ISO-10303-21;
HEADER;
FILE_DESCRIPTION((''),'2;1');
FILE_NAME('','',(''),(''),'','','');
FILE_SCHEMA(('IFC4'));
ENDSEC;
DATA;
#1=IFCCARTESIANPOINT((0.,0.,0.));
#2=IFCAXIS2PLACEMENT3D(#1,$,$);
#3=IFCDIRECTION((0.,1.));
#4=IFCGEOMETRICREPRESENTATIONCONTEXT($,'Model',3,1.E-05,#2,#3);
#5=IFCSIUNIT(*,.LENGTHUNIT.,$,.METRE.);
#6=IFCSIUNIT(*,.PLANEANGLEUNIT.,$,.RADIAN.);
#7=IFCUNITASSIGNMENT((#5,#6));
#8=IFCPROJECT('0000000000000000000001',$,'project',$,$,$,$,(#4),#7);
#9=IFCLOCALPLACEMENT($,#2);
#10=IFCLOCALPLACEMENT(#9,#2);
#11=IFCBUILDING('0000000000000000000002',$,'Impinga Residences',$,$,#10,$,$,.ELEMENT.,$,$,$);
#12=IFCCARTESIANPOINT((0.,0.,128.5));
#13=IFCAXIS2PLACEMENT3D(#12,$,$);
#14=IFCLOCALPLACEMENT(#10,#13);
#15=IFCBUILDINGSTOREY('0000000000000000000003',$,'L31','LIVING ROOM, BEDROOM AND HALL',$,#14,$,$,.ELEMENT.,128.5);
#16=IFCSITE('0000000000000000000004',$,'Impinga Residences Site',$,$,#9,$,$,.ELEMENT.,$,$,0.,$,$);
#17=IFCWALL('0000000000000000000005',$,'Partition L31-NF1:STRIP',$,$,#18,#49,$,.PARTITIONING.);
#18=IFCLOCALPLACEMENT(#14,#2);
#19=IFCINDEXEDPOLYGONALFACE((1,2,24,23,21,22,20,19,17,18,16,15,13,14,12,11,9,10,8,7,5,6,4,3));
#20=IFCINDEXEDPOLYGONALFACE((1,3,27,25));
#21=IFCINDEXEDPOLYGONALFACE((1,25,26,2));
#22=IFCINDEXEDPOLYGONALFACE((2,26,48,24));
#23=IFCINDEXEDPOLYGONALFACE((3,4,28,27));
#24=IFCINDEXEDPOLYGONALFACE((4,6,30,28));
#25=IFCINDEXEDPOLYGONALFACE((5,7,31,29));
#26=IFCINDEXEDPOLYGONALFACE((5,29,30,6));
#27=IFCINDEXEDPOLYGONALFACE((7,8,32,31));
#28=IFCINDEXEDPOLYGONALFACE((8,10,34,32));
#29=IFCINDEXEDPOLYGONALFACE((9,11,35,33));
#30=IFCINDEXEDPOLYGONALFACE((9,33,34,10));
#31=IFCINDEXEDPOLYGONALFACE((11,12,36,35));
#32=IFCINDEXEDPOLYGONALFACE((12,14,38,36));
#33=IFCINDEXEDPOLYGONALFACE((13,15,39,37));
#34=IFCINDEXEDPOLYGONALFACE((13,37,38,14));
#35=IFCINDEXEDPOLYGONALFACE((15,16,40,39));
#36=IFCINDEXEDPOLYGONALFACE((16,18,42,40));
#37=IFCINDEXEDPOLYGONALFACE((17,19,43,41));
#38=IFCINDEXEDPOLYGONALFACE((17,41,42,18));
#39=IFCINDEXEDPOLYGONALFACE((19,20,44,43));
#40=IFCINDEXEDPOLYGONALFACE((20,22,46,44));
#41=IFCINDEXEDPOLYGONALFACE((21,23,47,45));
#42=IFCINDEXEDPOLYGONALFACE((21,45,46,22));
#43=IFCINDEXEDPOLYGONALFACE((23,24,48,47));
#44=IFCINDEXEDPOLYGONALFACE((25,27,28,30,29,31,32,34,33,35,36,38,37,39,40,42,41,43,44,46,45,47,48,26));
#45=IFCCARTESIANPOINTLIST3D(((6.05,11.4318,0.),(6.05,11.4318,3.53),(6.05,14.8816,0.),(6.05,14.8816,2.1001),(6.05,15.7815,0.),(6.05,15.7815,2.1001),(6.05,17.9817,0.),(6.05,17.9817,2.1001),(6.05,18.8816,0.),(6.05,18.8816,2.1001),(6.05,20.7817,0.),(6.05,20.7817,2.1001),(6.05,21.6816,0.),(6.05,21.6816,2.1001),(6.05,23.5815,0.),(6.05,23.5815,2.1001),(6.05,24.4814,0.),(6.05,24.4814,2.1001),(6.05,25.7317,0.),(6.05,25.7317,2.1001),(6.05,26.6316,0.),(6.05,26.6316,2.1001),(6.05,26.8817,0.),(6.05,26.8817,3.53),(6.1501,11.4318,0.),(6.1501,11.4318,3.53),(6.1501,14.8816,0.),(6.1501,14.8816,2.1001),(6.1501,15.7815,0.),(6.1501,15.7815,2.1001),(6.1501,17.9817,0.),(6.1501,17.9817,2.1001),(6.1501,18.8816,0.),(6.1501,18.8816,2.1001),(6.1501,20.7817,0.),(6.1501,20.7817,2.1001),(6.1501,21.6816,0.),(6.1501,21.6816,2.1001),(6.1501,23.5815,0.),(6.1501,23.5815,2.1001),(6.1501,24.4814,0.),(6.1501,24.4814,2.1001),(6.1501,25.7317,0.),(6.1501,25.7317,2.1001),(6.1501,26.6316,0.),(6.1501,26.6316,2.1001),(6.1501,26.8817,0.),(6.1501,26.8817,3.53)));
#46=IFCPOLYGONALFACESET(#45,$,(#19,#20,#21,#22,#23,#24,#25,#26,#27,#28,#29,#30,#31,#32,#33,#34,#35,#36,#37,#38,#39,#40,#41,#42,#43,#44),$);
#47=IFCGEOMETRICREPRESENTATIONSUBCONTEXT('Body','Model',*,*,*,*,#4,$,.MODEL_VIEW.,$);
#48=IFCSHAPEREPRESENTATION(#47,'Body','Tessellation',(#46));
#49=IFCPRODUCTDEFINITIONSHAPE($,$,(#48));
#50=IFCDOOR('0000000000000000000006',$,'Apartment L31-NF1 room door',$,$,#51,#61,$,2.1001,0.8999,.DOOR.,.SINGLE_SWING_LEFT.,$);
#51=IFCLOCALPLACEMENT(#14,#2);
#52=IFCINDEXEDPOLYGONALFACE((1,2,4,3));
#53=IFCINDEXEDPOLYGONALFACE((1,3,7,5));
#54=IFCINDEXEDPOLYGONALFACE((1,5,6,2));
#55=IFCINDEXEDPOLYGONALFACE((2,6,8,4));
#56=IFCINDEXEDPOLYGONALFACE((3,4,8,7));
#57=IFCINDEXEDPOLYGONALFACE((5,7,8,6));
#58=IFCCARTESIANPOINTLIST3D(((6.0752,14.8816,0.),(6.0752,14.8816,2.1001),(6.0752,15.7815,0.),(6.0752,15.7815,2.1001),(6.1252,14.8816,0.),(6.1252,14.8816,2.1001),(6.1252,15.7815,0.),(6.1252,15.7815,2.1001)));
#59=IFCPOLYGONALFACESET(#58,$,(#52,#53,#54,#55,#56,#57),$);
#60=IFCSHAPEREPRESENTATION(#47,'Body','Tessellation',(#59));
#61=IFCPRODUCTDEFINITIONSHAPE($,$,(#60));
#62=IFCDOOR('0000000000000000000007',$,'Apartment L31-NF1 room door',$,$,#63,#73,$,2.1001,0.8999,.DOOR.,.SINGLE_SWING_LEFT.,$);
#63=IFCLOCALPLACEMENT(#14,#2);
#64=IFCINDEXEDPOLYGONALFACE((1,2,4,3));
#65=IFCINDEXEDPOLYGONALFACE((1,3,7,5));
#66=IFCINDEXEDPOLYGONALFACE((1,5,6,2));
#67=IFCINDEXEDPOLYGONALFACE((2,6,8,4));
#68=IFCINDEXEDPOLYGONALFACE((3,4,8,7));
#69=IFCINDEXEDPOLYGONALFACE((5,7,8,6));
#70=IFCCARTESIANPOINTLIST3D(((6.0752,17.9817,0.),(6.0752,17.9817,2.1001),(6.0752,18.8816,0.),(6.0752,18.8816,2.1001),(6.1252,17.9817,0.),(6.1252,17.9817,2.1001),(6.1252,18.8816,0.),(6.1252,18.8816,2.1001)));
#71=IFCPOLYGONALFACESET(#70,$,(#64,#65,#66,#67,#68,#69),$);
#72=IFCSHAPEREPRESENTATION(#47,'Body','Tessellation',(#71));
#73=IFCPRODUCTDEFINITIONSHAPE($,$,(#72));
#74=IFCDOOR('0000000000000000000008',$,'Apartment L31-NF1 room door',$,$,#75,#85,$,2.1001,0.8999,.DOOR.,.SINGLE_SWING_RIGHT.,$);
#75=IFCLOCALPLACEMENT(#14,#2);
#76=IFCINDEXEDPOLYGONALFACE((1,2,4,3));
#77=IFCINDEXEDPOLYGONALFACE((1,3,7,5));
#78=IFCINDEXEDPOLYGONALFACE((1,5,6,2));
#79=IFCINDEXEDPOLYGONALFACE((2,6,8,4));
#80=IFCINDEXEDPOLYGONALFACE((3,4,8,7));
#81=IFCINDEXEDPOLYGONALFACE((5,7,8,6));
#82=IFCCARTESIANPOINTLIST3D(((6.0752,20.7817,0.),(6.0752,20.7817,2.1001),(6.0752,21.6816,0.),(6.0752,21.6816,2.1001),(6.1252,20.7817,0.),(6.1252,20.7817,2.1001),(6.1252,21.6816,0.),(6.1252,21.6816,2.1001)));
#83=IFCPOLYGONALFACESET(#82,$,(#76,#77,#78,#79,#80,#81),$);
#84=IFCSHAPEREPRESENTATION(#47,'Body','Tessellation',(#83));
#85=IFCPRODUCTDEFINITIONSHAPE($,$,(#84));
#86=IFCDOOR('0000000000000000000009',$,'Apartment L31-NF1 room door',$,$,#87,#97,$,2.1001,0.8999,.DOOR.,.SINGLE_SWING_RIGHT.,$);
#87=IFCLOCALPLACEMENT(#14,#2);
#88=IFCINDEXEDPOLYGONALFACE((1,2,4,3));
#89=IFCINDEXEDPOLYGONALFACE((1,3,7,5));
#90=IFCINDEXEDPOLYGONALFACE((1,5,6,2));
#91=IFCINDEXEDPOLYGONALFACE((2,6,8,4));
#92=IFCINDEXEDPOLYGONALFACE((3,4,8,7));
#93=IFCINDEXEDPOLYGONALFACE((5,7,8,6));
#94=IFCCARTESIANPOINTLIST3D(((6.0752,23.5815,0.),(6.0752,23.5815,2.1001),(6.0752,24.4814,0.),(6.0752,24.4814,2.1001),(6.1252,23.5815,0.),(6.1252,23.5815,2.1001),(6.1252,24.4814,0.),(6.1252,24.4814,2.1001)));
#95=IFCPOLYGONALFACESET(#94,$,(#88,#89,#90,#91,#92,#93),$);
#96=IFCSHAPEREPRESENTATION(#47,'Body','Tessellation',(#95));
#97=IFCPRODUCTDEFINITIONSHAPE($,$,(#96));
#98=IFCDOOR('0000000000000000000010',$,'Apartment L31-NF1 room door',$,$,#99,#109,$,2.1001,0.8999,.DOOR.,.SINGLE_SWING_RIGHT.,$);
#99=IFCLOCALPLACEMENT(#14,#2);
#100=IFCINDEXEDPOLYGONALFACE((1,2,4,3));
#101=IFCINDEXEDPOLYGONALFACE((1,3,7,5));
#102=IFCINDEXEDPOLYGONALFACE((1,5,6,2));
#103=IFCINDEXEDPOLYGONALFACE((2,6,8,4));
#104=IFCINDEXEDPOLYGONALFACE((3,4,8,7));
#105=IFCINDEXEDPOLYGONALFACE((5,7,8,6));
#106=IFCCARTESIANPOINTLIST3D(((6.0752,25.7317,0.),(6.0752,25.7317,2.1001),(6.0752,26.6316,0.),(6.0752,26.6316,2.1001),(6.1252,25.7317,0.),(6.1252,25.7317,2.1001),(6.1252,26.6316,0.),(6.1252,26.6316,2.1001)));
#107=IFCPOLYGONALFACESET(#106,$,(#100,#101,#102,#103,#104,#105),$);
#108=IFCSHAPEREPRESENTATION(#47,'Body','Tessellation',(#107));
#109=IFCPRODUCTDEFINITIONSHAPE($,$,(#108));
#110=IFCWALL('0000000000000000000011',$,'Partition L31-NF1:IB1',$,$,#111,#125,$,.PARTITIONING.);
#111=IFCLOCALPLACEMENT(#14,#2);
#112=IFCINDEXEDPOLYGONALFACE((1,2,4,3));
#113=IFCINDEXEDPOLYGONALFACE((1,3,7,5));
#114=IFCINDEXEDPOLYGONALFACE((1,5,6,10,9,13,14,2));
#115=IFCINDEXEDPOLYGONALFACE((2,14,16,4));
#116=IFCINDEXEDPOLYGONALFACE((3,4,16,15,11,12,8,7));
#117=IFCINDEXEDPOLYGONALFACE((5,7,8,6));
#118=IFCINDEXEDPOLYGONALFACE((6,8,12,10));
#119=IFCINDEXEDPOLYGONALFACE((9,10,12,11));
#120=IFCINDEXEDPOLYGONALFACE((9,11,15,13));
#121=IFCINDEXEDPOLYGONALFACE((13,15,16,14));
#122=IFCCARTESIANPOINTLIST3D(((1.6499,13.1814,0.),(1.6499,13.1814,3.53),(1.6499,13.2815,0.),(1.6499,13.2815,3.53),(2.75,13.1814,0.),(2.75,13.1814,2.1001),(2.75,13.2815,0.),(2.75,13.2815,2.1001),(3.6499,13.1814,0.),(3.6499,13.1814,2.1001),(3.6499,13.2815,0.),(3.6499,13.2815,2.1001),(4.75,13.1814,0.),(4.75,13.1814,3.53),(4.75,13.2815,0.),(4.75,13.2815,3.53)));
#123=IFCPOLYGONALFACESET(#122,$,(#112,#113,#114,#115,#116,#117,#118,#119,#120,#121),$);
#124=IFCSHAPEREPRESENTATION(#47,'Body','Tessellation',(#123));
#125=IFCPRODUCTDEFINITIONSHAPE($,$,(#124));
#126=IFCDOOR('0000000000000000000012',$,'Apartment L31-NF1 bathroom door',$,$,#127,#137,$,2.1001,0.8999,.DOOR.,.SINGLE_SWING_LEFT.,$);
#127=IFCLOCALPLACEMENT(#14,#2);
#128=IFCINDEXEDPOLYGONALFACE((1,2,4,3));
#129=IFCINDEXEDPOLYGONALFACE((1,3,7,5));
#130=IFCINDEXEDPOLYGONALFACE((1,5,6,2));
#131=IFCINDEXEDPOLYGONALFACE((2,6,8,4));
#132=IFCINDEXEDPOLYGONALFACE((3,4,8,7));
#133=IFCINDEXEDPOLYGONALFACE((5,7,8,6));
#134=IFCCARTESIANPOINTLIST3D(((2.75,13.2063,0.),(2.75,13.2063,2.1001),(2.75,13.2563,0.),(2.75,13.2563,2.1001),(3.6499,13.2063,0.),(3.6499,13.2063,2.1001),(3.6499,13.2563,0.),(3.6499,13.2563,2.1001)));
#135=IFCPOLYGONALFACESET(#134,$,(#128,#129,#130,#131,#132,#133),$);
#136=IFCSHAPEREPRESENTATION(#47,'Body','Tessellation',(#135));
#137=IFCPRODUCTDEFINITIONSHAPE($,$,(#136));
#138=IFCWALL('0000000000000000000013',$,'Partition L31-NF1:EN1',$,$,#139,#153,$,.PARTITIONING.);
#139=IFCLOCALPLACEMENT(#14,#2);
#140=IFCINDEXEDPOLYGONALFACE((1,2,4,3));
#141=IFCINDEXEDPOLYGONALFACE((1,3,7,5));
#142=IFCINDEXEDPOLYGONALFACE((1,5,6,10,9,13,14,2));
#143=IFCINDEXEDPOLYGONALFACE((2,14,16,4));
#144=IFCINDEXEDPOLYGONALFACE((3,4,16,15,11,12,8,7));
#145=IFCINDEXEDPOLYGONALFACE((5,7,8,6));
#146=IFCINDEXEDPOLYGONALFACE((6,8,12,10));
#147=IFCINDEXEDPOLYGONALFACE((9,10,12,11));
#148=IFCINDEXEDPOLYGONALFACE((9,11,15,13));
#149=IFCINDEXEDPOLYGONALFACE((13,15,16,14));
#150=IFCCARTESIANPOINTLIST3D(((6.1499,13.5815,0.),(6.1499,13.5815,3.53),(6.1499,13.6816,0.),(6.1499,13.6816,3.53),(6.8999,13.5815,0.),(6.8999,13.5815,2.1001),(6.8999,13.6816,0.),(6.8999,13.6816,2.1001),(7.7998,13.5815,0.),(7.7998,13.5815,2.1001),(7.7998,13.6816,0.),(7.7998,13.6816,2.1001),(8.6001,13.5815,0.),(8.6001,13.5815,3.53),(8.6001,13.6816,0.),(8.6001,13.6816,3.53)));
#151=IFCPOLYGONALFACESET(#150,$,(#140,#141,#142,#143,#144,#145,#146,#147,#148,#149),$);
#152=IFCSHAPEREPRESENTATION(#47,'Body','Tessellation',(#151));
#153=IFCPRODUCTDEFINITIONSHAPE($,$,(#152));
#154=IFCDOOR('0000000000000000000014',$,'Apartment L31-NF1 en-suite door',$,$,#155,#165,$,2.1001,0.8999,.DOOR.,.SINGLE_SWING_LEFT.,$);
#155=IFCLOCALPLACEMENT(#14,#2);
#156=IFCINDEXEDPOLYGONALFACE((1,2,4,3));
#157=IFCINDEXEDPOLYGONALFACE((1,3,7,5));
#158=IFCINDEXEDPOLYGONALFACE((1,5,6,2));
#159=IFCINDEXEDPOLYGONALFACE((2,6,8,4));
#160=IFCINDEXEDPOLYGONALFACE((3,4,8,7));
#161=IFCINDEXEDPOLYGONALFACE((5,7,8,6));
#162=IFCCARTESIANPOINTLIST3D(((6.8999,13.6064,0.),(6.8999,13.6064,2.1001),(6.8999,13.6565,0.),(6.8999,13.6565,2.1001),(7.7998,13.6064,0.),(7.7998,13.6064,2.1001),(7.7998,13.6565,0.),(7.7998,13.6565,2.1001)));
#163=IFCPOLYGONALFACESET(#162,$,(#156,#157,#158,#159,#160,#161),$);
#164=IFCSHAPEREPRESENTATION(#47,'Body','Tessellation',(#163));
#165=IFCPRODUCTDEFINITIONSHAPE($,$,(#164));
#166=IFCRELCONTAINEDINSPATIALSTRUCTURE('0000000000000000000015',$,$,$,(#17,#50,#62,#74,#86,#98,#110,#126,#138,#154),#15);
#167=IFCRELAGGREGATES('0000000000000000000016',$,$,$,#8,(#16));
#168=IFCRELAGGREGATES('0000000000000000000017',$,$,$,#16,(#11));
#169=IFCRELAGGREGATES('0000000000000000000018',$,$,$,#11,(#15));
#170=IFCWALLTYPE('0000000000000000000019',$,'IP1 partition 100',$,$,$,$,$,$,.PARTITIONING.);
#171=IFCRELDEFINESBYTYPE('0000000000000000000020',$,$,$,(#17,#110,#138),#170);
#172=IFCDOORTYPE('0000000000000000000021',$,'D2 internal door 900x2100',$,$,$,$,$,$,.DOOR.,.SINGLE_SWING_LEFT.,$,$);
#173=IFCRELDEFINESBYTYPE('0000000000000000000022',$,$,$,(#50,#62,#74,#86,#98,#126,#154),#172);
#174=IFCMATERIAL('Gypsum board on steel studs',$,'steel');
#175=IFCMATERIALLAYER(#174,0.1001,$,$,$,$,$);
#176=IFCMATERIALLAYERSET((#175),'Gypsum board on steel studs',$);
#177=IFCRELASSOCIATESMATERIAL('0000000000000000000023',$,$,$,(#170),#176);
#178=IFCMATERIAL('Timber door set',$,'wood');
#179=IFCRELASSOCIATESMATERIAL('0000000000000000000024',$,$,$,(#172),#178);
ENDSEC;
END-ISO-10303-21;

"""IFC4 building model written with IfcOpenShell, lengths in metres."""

from ifc_helpers import new_model, si_unit, direction, frame, frame_2d, origin, place, context, subcontext, project, spatial, rectangle, extrude, material, layer, layer_set, type_object, element, fill, save


model = new_model("IFC4")

# Units and contexts
model_context = context("Model", 3, precision=1e-05, world=origin(), true_north=direction((0.0, 1.0)))
body_context = subcontext(model_context, "Body", "Model", "MODEL_VIEW")
ifc_project = project(units=[si_unit("LENGTHUNIT", "METRE"), si_unit("PLANEANGLEUNIT", "RADIAN")], contexts=[model_context])

# Site, building, storey
site_placement = place(None, origin())
site = spatial("IfcSite", under=ifc_project, at=site_placement, Name="Impinga Residences Site", CompositionType="ELEMENT", RefElevation=0.0)
building_placement = place(site_placement, origin())
building = spatial("IfcBuilding", under=site, at=building_placement, Name="Impinga Residences", CompositionType="ELEMENT")
storey_placement = place(building_placement, frame((0.0, 0.0, 128.5)))
storey = spatial("IfcBuildingStorey", under=building, at=storey_placement, Name="L31", Description="LIVING ROOM, BEDROOM AND HALL", CompositionType="ELEMENT", Elevation=128.5)

# Shared definitions
ifc_material_1 = material(Name="Timber door set", Category="wood")

# Shared definitions
ifc_material_2 = material(Name="Gypsum board on steel studs", Category="steel")
ifc_layer_1 = layer(ifc_material_2, 0.1001)
ifc_layer_set_1 = layer_set([ifc_layer_1], Name="Gypsum board on steel studs")
wall_type_1 = type_object("IfcWallType", Name="IP1 partition 100", PredefinedType="PARTITIONING", material=ifc_layer_set_1)

# Wall, openings, doors
wall_1_placement = place(storey_placement, frame((6.1001, 11.4316, 0.0), z_axis=(0.0, 0.0, 1.0), x_axis=(0.0, 1.0, 0.0)))
wall_1 = element("IfcWall", 1, at=wall_1_placement, inside=storey, type_object=wall_type_1, Name="Partition L31-NF1:STRIP", PredefinedType="PARTITIONING", context=body_context, shape_type="SweptSolid", body=[
    extrude(rectangle(XDim=15.45, YDim=0.1001, at=frame_2d((7.7251, 0.0))), origin(), (0.0, 0.0, 1.0), 3.53),
])
opening_1_placement = place(wall_1_placement, frame((3.45, 0.0, 0.0)))
opening_1 = element("IfcOpeningElement", 2, at=opening_1_placement, cuts=wall_1, PredefinedType="OPENING", context=body_context, shape_type="SweptSolid", body=[
    extrude(rectangle(XDim=0.8999, YDim=2.1001, at=frame_2d((0.45, 1.05))), frame((0.0, 0.0601, 0.0), z_axis=(0.0, -1.0, 0.0), x_axis=(1.0, 0.0, 0.0)), (0.0, 0.0, 1.0), 0.1201),
])
opening_2_placement = place(wall_1_placement, frame((6.55, 0.0, 0.0)))
opening_2 = element("IfcOpeningElement", 3, at=opening_2_placement, cuts=wall_1, PredefinedType="OPENING", context=body_context, shape_type="SweptSolid", body=[
    extrude(rectangle(XDim=0.8999, YDim=2.1001, at=frame_2d((0.45, 1.05))), frame((0.0, 0.0601, 0.0), z_axis=(0.0, -1.0, 0.0), x_axis=(1.0, 0.0, 0.0)), (0.0, 0.0, 1.0), 0.1201),
])
opening_3_placement = place(wall_1_placement, frame((9.3501, 0.0, 0.0)))
opening_3 = element("IfcOpeningElement", 4, at=opening_3_placement, cuts=wall_1, PredefinedType="OPENING", context=body_context, shape_type="SweptSolid", body=[
    extrude(rectangle(XDim=0.8999, YDim=2.1001, at=frame_2d((0.45, 1.05))), frame((0.0, 0.0601, 0.0), z_axis=(0.0, -1.0, 0.0), x_axis=(1.0, 0.0, 0.0)), (0.0, 0.0, 1.0), 0.1201),
])
opening_4_placement = place(wall_1_placement, frame((12.1499, 0.0, 0.0)))
opening_4 = element("IfcOpeningElement", 5, at=opening_4_placement, cuts=wall_1, PredefinedType="OPENING", context=body_context, shape_type="SweptSolid", body=[
    extrude(rectangle(XDim=0.8999, YDim=2.1001, at=frame_2d((0.45, 1.05))), frame((0.0, 0.0601, 0.0), z_axis=(0.0, -1.0, 0.0), x_axis=(1.0, 0.0, 0.0)), (0.0, 0.0, 1.0), 0.1201),
])
opening_5_placement = place(wall_1_placement, frame((14.3, 0.0, 0.0)))
opening_5 = element("IfcOpeningElement", 6, at=opening_5_placement, cuts=wall_1, PredefinedType="OPENING", context=body_context, shape_type="SweptSolid", body=[
    extrude(rectangle(XDim=0.8999, YDim=2.1001, at=frame_2d((0.45, 1.05))), frame((0.0, 0.0601, 0.0), z_axis=(0.0, -1.0, 0.0), x_axis=(1.0, 0.0, 0.0)), (0.0, 0.0, 1.0), 0.1201),
])
door_type_1 = type_object("IfcDoorType", Name="D2 internal door 900x2100", OperationType="SINGLE_SWING_LEFT", PredefinedType="DOOR", material=ifc_material_1)
door_1_placement = place(opening_1_placement, origin())
door_1 = element("IfcDoor", 7, at=door_1_placement, inside=storey, type_object=door_type_1, Name="Apartment L31-NF1 room door", OperationType="SINGLE_SWING_LEFT", OverallHeight=2.1001, OverallWidth=0.8999, PredefinedType="DOOR", context=body_context, shape_type="SweptSolid", body=[
    extrude(rectangle(XDim=0.8999, YDim=2.1001, at=frame_2d((0.45, 1.05))), frame((0.0, 0.0249, 0.0), z_axis=(0.0, -1.0, 0.0), x_axis=(1.0, 0.0, 0.0)), (0.0, 0.0, 1.0), 0.05),
])
fill(opening_1, door_1)
door_2_placement = place(opening_2_placement, origin())
door_2 = element("IfcDoor", 8, at=door_2_placement, inside=storey, type_object=door_type_1, Name="Apartment L31-NF1 room door", OperationType="SINGLE_SWING_LEFT", OverallHeight=2.1001, OverallWidth=0.8999, PredefinedType="DOOR", context=body_context, shape_type="SweptSolid", body=[
    extrude(rectangle(XDim=0.8999, YDim=2.1001, at=frame_2d((0.45, 1.05))), frame((0.0, 0.0249, 0.0), z_axis=(0.0, -1.0, 0.0), x_axis=(1.0, 0.0, 0.0)), (0.0, 0.0, 1.0), 0.05),
])
fill(opening_2, door_2)
door_3_placement = place(opening_3_placement, origin())
door_3 = element("IfcDoor", 9, at=door_3_placement, inside=storey, type_object=door_type_1, Name="Apartment L31-NF1 room door", OperationType="SINGLE_SWING_RIGHT", OverallHeight=2.1001, OverallWidth=0.8999, PredefinedType="DOOR", context=body_context, shape_type="SweptSolid", body=[
    extrude(rectangle(XDim=0.8999, YDim=2.1001, at=frame_2d((0.45, 1.05))), frame((0.0, 0.0249, 0.0), z_axis=(0.0, -1.0, 0.0), x_axis=(1.0, 0.0, 0.0)), (0.0, 0.0, 1.0), 0.05),
])
fill(opening_3, door_3)
door_4_placement = place(opening_4_placement, origin())
door_4 = element("IfcDoor", 10, at=door_4_placement, inside=storey, type_object=door_type_1, Name="Apartment L31-NF1 room door", OperationType="SINGLE_SWING_RIGHT", OverallHeight=2.1001, OverallWidth=0.8999, PredefinedType="DOOR", context=body_context, shape_type="SweptSolid", body=[
    extrude(rectangle(XDim=0.8999, YDim=2.1001, at=frame_2d((0.45, 1.05))), frame((0.0, 0.0249, 0.0), z_axis=(0.0, -1.0, 0.0), x_axis=(1.0, 0.0, 0.0)), (0.0, 0.0, 1.0), 0.05),
])
fill(opening_4, door_4)
door_5_placement = place(opening_5_placement, origin())
door_5 = element("IfcDoor", 11, at=door_5_placement, inside=storey, type_object=door_type_1, Name="Apartment L31-NF1 room door", OperationType="SINGLE_SWING_RIGHT", OverallHeight=2.1001, OverallWidth=0.8999, PredefinedType="DOOR", context=body_context, shape_type="SweptSolid", body=[
    extrude(rectangle(XDim=0.8999, YDim=2.1001, at=frame_2d((0.45, 1.05))), frame((0.0, 0.0249, 0.0), z_axis=(0.0, -1.0, 0.0), x_axis=(1.0, 0.0, 0.0)), (0.0, 0.0, 1.0), 0.05),
])
fill(opening_5, door_5)

# Walls, openings, doors
wall_2_placement = place(storey_placement, frame((1.6499, 13.2314, 0.0), z_axis=(0.0, 0.0, 1.0), x_axis=(1.0, 0.0, 0.0)))
wall_2 = element("IfcWall", 12, at=wall_2_placement, inside=storey, type_object=wall_type_1, Name="Partition L31-NF1:IB1", PredefinedType="PARTITIONING", context=body_context, shape_type="SweptSolid", body=[
    extrude(rectangle(XDim=3.1001, YDim=0.1001, at=frame_2d((1.55, 0.0))), origin(), (0.0, 0.0, 1.0), 3.53),
])
opening_6_placement = place(wall_2_placement, frame((1.1001, 0.0, 0.0)))
opening_6 = element("IfcOpeningElement", 13, at=opening_6_placement, cuts=wall_2, PredefinedType="OPENING", context=body_context, shape_type="SweptSolid", body=[
    extrude(rectangle(XDim=0.8999, YDim=2.1001, at=frame_2d((0.45, 1.05))), frame((0.0, 0.0601, 0.0), z_axis=(0.0, -1.0, 0.0), x_axis=(1.0, 0.0, 0.0)), (0.0, 0.0, 1.0), 0.1201),
])
door_6_placement = place(opening_6_placement, origin())
door_6 = element("IfcDoor", 14, at=door_6_placement, inside=storey, type_object=door_type_1, Name="Apartment L31-NF1 bathroom door", OperationType="SINGLE_SWING_LEFT", OverallHeight=2.1001, OverallWidth=0.8999, PredefinedType="DOOR", context=body_context, shape_type="SweptSolid", body=[
    extrude(rectangle(XDim=0.8999, YDim=2.1001, at=frame_2d((0.45, 1.05))), frame((0.0, 0.0249, 0.0), z_axis=(0.0, -1.0, 0.0), x_axis=(1.0, 0.0, 0.0)), (0.0, 0.0, 1.0), 0.05),
])
fill(opening_6, door_6)
wall_3_placement = place(storey_placement, frame((6.1499, 13.6316, 0.0), z_axis=(0.0, 0.0, 1.0), x_axis=(1.0, 0.0, 0.0)))
wall_3 = element("IfcWall", 15, at=wall_3_placement, inside=storey, type_object=wall_type_1, Name="Partition L31-NF1:EN1", PredefinedType="PARTITIONING", context=body_context, shape_type="SweptSolid", body=[
    extrude(rectangle(XDim=2.4502, YDim=0.1001, at=frame_2d((1.2251, 0.0))), origin(), (0.0, 0.0, 1.0), 3.53),
])
opening_7_placement = place(wall_3_placement, frame((0.75, 0.0, 0.0)))
opening_7 = element("IfcOpeningElement", 16, at=opening_7_placement, cuts=wall_3, PredefinedType="OPENING", context=body_context, shape_type="SweptSolid", body=[
    extrude(rectangle(XDim=0.8999, YDim=2.1001, at=frame_2d((0.45, 1.05))), frame((0.0, 0.0601, 0.0), z_axis=(0.0, -1.0, 0.0), x_axis=(1.0, 0.0, 0.0)), (0.0, 0.0, 1.0), 0.1201),
])
door_7_placement = place(opening_7_placement, origin())
door_7 = element("IfcDoor", 17, at=door_7_placement, inside=storey, type_object=door_type_1, Name="Apartment L31-NF1 en-suite door", OperationType="SINGLE_SWING_LEFT", OverallHeight=2.1001, OverallWidth=0.8999, PredefinedType="DOOR", context=body_context, shape_type="SweptSolid", body=[
    extrude(rectangle(XDim=0.8999, YDim=2.1001, at=frame_2d((0.45, 1.05))), frame((0.0, 0.0249, 0.0), z_axis=(0.0, -1.0, 0.0), x_axis=(1.0, 0.0, 0.0)), (0.0, 0.0, 1.0), 0.05),
])
fill(opening_7, door_7)

save(model, "model.ifc")
